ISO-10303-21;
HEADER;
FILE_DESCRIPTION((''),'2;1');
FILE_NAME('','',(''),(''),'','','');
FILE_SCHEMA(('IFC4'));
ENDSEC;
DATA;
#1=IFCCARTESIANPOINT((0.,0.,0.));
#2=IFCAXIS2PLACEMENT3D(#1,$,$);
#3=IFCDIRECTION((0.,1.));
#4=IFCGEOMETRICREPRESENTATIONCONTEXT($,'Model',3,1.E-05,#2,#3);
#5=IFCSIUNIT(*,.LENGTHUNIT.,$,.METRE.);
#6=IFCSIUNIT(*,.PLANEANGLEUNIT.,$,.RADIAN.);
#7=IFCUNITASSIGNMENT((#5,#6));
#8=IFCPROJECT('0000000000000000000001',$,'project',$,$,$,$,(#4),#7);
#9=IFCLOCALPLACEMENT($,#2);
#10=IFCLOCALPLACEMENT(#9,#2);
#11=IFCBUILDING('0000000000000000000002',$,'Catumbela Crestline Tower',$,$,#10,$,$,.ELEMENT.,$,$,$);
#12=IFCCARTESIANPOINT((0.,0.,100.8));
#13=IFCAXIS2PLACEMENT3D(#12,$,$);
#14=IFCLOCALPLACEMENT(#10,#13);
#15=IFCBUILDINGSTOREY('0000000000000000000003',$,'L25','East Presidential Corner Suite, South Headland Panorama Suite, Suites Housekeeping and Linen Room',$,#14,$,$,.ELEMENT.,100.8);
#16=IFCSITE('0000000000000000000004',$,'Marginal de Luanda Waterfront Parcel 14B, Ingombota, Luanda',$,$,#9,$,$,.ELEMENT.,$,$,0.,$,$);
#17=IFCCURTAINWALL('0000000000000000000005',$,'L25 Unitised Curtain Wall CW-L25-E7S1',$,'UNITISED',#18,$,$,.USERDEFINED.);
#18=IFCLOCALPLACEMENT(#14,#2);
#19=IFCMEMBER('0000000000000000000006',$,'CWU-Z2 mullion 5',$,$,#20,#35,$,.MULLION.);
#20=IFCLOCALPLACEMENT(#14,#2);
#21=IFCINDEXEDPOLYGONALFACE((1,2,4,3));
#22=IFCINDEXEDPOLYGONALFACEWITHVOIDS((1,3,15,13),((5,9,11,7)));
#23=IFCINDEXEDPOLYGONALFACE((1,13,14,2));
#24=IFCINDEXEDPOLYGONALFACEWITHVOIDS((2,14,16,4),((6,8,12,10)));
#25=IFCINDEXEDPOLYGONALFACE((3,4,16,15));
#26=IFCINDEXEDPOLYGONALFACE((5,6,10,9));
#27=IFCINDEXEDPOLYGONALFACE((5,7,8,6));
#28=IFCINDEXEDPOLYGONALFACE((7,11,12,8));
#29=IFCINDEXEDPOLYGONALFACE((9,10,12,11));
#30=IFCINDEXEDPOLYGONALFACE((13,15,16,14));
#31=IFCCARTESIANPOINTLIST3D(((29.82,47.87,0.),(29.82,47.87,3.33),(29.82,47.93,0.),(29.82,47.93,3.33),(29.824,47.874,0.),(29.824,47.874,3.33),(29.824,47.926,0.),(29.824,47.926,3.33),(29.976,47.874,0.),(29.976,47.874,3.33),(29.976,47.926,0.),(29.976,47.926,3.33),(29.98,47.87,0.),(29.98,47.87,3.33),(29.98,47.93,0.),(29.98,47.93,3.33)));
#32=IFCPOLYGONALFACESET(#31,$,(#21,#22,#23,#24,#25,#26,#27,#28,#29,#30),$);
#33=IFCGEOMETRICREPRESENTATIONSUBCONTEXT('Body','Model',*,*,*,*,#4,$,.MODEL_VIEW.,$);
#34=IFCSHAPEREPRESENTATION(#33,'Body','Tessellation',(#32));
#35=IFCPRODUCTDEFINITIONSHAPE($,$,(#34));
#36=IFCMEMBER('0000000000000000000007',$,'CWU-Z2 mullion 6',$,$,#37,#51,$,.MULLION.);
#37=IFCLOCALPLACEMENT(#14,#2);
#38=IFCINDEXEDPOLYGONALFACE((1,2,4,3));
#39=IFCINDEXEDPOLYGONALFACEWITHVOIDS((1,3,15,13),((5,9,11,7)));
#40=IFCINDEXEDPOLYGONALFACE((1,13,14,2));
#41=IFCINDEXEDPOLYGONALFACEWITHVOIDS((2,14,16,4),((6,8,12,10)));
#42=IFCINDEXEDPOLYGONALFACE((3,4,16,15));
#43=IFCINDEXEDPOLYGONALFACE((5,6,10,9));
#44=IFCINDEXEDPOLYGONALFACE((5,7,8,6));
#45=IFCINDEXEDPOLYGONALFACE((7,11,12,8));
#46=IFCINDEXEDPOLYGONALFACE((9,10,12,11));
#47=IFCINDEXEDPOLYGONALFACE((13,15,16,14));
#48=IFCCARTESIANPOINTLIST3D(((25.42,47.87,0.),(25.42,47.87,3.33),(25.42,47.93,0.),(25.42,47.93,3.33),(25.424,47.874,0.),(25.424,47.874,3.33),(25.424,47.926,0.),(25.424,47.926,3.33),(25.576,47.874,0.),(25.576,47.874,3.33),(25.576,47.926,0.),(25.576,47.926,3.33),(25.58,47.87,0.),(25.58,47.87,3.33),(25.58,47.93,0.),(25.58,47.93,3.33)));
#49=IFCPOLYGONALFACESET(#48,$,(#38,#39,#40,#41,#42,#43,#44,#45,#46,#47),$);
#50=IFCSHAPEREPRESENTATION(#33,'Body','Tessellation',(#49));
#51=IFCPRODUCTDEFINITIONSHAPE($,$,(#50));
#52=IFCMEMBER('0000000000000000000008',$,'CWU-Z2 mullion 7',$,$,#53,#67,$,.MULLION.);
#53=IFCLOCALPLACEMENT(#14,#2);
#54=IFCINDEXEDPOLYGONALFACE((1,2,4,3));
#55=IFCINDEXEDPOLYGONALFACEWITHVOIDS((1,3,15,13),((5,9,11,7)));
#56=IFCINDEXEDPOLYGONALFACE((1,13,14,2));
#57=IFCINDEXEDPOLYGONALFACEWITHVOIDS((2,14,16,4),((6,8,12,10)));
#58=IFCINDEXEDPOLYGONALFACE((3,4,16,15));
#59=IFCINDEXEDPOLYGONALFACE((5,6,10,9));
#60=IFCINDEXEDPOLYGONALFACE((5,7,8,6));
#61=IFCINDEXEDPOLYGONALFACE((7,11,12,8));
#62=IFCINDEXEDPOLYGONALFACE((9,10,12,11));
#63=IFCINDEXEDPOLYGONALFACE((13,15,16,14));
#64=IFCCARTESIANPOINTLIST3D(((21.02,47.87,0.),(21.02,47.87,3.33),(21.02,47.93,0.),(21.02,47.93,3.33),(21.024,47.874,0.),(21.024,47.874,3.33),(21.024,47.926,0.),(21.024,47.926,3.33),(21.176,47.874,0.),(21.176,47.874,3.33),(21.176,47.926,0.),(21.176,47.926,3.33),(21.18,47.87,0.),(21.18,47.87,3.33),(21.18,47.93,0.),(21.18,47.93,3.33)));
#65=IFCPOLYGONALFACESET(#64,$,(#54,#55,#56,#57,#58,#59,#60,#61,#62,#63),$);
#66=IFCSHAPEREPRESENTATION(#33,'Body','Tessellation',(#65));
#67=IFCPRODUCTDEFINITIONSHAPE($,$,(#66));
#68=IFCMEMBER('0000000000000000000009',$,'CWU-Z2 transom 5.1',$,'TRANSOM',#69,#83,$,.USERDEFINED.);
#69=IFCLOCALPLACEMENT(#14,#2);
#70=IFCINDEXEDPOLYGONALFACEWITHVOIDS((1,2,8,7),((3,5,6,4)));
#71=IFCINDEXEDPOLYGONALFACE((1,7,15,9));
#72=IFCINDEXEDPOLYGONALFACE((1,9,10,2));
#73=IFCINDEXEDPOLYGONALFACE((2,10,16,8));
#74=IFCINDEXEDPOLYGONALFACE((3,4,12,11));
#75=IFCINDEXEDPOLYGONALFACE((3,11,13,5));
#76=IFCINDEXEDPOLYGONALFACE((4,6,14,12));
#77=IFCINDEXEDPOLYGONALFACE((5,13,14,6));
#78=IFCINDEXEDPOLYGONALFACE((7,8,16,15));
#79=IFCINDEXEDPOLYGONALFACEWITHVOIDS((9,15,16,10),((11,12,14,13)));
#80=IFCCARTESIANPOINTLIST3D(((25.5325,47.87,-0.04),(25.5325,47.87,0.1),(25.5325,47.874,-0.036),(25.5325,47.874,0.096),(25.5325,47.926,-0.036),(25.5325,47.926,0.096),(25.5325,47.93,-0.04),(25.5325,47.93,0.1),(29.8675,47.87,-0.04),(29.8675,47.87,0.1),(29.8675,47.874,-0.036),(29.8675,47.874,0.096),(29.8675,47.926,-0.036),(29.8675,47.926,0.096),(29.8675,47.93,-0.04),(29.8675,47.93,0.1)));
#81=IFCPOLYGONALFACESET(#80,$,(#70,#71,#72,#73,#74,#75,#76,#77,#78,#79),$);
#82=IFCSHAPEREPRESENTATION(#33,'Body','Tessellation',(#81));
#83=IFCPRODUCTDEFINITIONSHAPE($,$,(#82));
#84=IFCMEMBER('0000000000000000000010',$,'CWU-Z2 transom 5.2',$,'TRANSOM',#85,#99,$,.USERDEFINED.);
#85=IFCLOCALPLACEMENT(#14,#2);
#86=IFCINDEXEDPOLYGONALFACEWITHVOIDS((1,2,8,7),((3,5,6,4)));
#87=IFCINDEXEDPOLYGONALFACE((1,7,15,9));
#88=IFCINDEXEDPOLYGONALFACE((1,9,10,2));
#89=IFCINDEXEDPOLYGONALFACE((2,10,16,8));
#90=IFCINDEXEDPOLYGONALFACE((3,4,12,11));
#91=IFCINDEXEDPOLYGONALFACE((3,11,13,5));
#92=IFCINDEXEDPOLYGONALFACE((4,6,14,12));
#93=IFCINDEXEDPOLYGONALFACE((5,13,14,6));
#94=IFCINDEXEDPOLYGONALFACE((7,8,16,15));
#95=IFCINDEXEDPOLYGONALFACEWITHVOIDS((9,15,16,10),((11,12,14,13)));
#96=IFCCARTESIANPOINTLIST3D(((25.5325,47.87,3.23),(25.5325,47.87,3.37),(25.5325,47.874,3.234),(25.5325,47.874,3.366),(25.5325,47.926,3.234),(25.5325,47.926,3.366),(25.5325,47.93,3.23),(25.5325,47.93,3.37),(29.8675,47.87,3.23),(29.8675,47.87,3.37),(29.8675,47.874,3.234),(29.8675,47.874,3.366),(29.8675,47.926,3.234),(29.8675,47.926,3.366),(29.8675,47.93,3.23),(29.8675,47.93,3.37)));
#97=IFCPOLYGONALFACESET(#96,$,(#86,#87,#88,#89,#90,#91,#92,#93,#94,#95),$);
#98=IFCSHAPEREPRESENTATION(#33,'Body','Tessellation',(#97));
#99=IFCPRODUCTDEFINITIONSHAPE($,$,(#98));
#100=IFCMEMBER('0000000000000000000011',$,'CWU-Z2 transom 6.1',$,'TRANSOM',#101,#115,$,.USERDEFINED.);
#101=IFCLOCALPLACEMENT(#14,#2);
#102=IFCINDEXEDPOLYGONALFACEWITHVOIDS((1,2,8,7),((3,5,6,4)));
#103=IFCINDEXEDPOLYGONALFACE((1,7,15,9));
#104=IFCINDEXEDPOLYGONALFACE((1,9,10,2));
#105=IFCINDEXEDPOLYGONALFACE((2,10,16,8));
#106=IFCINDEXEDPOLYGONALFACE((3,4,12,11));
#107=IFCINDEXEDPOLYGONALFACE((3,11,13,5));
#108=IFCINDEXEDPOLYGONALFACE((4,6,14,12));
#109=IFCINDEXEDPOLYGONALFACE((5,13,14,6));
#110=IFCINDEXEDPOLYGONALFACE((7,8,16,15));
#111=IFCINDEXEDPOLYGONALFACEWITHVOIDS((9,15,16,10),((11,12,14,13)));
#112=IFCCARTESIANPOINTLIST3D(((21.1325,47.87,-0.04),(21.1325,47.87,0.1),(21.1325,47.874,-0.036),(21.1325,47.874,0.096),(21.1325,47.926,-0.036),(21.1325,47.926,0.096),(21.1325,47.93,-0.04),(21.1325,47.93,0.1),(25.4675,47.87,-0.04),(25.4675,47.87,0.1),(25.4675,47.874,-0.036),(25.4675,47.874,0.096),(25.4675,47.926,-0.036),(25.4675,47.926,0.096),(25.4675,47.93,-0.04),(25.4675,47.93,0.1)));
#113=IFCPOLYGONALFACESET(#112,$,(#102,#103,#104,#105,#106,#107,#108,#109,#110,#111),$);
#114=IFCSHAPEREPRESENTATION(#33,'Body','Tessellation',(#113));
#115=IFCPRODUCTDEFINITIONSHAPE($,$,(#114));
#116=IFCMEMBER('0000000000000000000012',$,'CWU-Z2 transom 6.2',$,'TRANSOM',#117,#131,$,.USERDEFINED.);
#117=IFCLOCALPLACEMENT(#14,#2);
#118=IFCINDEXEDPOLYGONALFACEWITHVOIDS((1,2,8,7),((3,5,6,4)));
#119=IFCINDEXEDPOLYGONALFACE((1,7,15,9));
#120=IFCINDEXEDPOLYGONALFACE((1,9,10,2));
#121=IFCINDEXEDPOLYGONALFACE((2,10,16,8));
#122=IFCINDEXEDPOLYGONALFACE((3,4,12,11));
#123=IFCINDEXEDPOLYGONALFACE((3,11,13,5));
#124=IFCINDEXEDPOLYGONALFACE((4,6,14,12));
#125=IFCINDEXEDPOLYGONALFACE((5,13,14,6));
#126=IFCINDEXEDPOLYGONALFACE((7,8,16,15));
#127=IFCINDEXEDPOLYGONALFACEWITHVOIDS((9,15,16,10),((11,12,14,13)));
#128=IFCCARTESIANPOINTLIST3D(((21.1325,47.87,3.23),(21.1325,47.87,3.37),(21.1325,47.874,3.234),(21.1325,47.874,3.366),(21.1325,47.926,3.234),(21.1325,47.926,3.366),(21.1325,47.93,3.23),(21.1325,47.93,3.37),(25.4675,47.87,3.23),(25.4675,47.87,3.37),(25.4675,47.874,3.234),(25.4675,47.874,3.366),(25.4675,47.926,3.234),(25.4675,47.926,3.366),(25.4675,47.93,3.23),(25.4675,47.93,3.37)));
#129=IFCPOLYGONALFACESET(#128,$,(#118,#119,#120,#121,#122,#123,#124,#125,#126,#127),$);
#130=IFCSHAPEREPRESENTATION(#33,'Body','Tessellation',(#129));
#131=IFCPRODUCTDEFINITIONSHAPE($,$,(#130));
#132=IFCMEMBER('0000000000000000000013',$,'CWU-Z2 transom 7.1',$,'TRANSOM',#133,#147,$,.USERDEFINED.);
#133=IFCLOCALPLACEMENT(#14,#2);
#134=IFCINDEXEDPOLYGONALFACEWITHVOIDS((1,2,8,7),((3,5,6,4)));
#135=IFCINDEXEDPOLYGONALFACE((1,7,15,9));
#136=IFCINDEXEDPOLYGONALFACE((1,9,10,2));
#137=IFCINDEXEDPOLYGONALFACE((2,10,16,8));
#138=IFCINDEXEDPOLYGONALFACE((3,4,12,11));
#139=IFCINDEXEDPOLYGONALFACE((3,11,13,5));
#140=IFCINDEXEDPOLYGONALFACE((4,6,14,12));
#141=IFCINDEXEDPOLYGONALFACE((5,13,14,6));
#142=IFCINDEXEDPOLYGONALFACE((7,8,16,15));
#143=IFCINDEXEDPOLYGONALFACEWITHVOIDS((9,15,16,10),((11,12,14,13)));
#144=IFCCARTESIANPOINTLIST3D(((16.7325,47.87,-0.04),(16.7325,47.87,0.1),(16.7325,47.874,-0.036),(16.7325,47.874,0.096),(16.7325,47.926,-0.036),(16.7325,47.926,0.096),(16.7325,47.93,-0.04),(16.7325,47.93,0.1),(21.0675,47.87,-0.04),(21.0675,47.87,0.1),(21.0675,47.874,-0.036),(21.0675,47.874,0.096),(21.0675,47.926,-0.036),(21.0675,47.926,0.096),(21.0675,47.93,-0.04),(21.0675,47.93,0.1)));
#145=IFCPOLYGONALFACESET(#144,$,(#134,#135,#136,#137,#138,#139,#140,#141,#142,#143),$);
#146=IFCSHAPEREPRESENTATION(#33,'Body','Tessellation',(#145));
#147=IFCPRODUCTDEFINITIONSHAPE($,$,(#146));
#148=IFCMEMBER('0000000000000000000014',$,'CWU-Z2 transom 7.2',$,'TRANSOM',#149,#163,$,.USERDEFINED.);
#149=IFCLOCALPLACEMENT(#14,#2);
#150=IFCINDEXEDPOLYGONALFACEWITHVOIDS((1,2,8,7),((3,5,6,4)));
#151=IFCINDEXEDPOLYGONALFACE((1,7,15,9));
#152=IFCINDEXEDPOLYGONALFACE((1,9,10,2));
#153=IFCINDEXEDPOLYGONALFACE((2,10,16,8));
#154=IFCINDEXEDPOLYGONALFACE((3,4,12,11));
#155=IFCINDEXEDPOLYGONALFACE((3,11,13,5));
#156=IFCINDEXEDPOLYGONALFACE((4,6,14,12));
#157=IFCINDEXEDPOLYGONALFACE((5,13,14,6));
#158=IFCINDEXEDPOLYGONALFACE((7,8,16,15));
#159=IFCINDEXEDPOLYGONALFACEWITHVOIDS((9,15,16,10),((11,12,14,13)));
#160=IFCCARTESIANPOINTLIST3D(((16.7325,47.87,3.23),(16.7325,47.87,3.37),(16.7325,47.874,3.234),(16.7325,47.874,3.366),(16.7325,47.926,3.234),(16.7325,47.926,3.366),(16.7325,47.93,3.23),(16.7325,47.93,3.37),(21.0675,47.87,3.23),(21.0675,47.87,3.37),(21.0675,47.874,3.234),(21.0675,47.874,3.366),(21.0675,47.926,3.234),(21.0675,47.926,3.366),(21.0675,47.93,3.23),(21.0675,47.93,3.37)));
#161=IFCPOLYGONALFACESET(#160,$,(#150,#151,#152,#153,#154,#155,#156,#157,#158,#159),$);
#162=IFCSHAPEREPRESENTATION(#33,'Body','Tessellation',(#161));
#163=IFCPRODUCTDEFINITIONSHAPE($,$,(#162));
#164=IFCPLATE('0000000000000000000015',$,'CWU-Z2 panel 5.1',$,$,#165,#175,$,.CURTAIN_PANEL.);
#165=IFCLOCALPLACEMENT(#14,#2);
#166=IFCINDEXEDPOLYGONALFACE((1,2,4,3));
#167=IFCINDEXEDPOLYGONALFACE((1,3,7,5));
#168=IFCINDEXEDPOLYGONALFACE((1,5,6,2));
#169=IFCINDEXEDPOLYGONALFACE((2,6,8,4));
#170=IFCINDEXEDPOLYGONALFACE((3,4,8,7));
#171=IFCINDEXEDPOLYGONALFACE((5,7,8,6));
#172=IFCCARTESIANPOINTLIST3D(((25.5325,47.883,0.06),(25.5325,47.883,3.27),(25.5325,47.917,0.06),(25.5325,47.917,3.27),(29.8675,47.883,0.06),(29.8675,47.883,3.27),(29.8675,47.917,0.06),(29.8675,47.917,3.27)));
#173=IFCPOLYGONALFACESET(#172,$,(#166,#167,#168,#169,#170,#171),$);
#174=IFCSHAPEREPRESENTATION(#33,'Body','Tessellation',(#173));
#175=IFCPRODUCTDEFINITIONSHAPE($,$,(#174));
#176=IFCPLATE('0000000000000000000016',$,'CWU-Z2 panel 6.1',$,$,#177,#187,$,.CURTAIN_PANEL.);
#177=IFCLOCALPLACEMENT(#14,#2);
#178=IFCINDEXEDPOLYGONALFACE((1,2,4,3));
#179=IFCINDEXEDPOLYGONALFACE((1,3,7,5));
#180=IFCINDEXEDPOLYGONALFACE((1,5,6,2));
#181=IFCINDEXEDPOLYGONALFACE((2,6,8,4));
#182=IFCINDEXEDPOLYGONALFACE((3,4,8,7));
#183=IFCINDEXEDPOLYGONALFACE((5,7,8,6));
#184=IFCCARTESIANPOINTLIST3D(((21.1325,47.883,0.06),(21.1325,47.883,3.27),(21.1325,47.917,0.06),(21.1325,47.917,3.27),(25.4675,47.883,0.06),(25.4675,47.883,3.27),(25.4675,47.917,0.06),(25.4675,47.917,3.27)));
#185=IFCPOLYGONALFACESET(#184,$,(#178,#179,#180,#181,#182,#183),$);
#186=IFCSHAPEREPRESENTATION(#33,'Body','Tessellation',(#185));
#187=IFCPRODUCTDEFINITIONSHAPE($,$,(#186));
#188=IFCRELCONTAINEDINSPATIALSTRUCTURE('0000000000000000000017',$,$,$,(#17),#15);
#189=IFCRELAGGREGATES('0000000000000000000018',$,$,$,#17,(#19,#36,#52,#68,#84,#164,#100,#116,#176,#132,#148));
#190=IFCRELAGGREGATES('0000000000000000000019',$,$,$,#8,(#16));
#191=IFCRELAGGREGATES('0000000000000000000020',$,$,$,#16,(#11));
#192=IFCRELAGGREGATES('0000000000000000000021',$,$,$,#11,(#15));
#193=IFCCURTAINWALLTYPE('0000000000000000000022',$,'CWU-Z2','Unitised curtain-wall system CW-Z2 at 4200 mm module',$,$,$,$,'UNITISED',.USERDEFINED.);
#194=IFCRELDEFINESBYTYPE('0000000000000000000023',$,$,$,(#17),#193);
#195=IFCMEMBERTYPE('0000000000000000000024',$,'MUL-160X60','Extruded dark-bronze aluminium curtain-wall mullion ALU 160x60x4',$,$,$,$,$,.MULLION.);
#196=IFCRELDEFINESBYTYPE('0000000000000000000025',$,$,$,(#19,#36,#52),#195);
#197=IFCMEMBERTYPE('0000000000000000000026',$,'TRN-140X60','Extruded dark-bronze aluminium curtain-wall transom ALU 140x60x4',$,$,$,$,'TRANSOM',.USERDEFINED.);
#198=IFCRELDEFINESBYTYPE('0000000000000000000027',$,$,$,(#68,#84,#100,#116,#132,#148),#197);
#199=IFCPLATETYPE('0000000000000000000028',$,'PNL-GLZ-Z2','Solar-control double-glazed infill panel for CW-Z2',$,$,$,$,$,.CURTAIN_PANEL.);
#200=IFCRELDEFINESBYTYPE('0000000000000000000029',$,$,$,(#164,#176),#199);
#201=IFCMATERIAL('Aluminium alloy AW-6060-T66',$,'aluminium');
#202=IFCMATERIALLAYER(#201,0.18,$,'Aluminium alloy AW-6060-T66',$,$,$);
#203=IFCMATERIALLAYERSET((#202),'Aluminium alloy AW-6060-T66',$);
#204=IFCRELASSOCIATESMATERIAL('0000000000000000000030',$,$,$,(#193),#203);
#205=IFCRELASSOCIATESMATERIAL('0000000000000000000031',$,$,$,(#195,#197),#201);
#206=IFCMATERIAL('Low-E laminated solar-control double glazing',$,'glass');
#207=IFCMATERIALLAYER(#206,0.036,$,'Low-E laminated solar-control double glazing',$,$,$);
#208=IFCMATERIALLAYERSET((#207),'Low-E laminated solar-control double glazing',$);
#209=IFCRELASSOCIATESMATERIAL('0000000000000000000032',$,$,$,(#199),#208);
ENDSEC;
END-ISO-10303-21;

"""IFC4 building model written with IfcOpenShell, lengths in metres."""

from ifc_helpers import new_model, si_unit, direction, frame, origin, origin_2d, place, context, subcontext, project, spatial, rectangle, hollow_rectangle, extrude, material, layer, layer_set, material_profile, profile_set, type_object, element, aggregate, save


model = new_model("IFC4")

# Units and contexts
model_context = context("Model", 3, precision=1e-05, world=origin(), true_north=direction((0.0, 1.0)))
body_context = subcontext(model_context, "Body", "Model", "MODEL_VIEW")
ifc_project = project(units=[si_unit("LENGTHUNIT", "METRE"), si_unit("PLANEANGLEUNIT", "RADIAN")], contexts=[model_context])

# Site, building, storey
site_placement = place(None, origin())
site = spatial("IfcSite", under=ifc_project, at=site_placement, Name="Marginal de Luanda Waterfront Parcel 14B, Ingombota, Luanda", CompositionType="ELEMENT", RefElevation=0.0)
building_placement = place(site_placement, origin())
building = spatial("IfcBuilding", under=site, at=building_placement, Name="Catumbela Crestline Tower", CompositionType="ELEMENT")
storey_placement = place(building_placement, frame((0.0, 0.0, 100.8)))
storey = spatial("IfcBuildingStorey", under=building, at=storey_placement, Name="L25", Description="East Presidential Corner Suite, South Headland Panorama Suite, Suites Housekeeping and Linen Room", CompositionType="ELEMENT", Elevation=100.8)

# Curtain wall, members, plates
ifc_material_1 = material(Name="Aluminium alloy AW-6060-T66", Category="aluminium")
ifc_layer_1 = layer(ifc_material_1, 0.18, Name="Aluminium alloy AW-6060-T66")
ifc_layer_set_1 = layer_set([ifc_layer_1], Name="Aluminium alloy AW-6060-T66")
curtain_wall_type = type_object("IfcCurtainWallType", Name="CWU-Z2", Description="Unitised curtain-wall system CW-Z2 at 4200 mm module", ElementType="UNITISED", PredefinedType="USERDEFINED", material=ifc_layer_set_1)
curtain_wall_placement = place(storey_placement, origin())
curtain_wall = element("IfcCurtainWall", 1, at=curtain_wall_placement, inside=storey, type_object=curtain_wall_type, Name="L25 Unitised Curtain Wall CW-L25-E7S1", ObjectType="UNITISED", PredefinedType="USERDEFINED")
ifc_material_profile_1 = material_profile(ifc_material_1, hollow_rectangle(XDim=0.06, YDim=0.16, WallThickness=0.004, at=origin_2d()), Name="ALU 160x60x4")
ifc_profile_set_1 = profile_set([ifc_material_profile_1], Name="Aluminium alloy AW-6060-T66")
member_type_1 = type_object("IfcMemberType", Name="MUL-160X60", Description="Extruded dark-bronze aluminium curtain-wall mullion ALU 160x60x4", PredefinedType="MULLION", material=ifc_profile_set_1)
member_1_placement = place(storey_placement, frame((29.9, 47.9, 0.0), z_axis=(0.0, 0.0, 1.0), x_axis=(0.0, -1.0, 0.0)))
member_1 = element("IfcMember", 2, at=member_1_placement, type_object=member_type_1, Name="CWU-Z2 mullion 5", PredefinedType="MULLION", context=body_context, shape_type="SweptSolid", body=[
    extrude(hollow_rectangle(XDim=0.06, YDim=0.16, WallThickness=0.004, at=origin_2d()), origin(), (0.0, 0.0, 1.0), 3.33),
])
member_2_placement = place(storey_placement, frame((25.5, 47.9, 0.0), z_axis=(0.0, 0.0, 1.0), x_axis=(0.0, -1.0, 0.0)))
member_2 = element("IfcMember", 3, at=member_2_placement, type_object=member_type_1, Name="CWU-Z2 mullion 6", PredefinedType="MULLION", context=body_context, shape_type="SweptSolid", body=[
    extrude(hollow_rectangle(XDim=0.06, YDim=0.16, WallThickness=0.004, at=origin_2d()), origin(), (0.0, 0.0, 1.0), 3.33),
])
member_3_placement = place(storey_placement, frame((21.1, 47.9, 0.0), z_axis=(0.0, 0.0, 1.0), x_axis=(0.0, -1.0, 0.0)))
member_3 = element("IfcMember", 4, at=member_3_placement, type_object=member_type_1, Name="CWU-Z2 mullion 7", PredefinedType="MULLION", context=body_context, shape_type="SweptSolid", body=[
    extrude(hollow_rectangle(XDim=0.06, YDim=0.16, WallThickness=0.004, at=origin_2d()), origin(), (0.0, 0.0, 1.0), 3.33),
])
ifc_material_profile_2 = material_profile(ifc_material_1, hollow_rectangle(XDim=0.06, YDim=0.14, WallThickness=0.004, at=origin_2d()), Name="ALU 140x60x4")
ifc_profile_set_2 = profile_set([ifc_material_profile_2], Name="Aluminium alloy AW-6060-T66")
member_type_2 = type_object("IfcMemberType", Name="TRN-140X60", Description="Extruded dark-bronze aluminium curtain-wall transom ALU 140x60x4", ElementType="TRANSOM", PredefinedType="USERDEFINED", material=ifc_profile_set_2)
member_4_placement = place(storey_placement, frame((29.8675, 47.9, 0.03), z_axis=(-1.0, 0.0, 0.0), x_axis=(0.0, -1.0, 0.0)))
member_4 = element("IfcMember", 5, at=member_4_placement, type_object=member_type_2, Name="CWU-Z2 transom 5.1", ObjectType="TRANSOM", PredefinedType="USERDEFINED", context=body_context, shape_type="SweptSolid", body=[
    extrude(hollow_rectangle(XDim=0.06, YDim=0.14, WallThickness=0.004, at=origin_2d()), origin(), (0.0, 0.0, 1.0), 4.335),
])
member_5_placement = place(storey_placement, frame((29.8675, 47.9, 3.3), z_axis=(-1.0, 0.0, 0.0), x_axis=(0.0, -1.0, 0.0)))
member_5 = element("IfcMember", 6, at=member_5_placement, type_object=member_type_2, Name="CWU-Z2 transom 5.2", ObjectType="TRANSOM", PredefinedType="USERDEFINED", context=body_context, shape_type="SweptSolid", body=[
    extrude(hollow_rectangle(XDim=0.06, YDim=0.14, WallThickness=0.004, at=origin_2d()), origin(), (0.0, 0.0, 1.0), 4.335),
])
member_6_placement = place(storey_placement, frame((25.4675, 47.9, 0.03), z_axis=(-1.0, 0.0, 0.0), x_axis=(0.0, -1.0, 0.0)))
member_6 = element("IfcMember", 7, at=member_6_placement, type_object=member_type_2, Name="CWU-Z2 transom 6.1", ObjectType="TRANSOM", PredefinedType="USERDEFINED", context=body_context, shape_type="SweptSolid", body=[
    extrude(hollow_rectangle(XDim=0.06, YDim=0.14, WallThickness=0.004, at=origin_2d()), origin(), (0.0, 0.0, 1.0), 4.335),
])
member_7_placement = place(storey_placement, frame((25.4675, 47.9, 3.3), z_axis=(-1.0, 0.0, 0.0), x_axis=(0.0, -1.0, 0.0)))
member_7 = element("IfcMember", 8, at=member_7_placement, type_object=member_type_2, Name="CWU-Z2 transom 6.2", ObjectType="TRANSOM", PredefinedType="USERDEFINED", context=body_context, shape_type="SweptSolid", body=[
    extrude(hollow_rectangle(XDim=0.06, YDim=0.14, WallThickness=0.004, at=origin_2d()), origin(), (0.0, 0.0, 1.0), 4.335),
])
member_8_placement = place(storey_placement, frame((21.0675, 47.9, 0.03), z_axis=(-1.0, 0.0, 0.0), x_axis=(0.0, -1.0, 0.0)))
member_8 = element("IfcMember", 9, at=member_8_placement, type_object=member_type_2, Name="CWU-Z2 transom 7.1", ObjectType="TRANSOM", PredefinedType="USERDEFINED", context=body_context, shape_type="SweptSolid", body=[
    extrude(hollow_rectangle(XDim=0.06, YDim=0.14, WallThickness=0.004, at=origin_2d()), origin(), (0.0, 0.0, 1.0), 4.335),
])
member_9_placement = place(storey_placement, frame((21.0675, 47.9, 3.3), z_axis=(-1.0, 0.0, 0.0), x_axis=(0.0, -1.0, 0.0)))
member_9 = element("IfcMember", 10, at=member_9_placement, type_object=member_type_2, Name="CWU-Z2 transom 7.2", ObjectType="TRANSOM", PredefinedType="USERDEFINED", context=body_context, shape_type="SweptSolid", body=[
    extrude(hollow_rectangle(XDim=0.06, YDim=0.14, WallThickness=0.004, at=origin_2d()), origin(), (0.0, 0.0, 1.0), 4.335),
])
ifc_material_2 = material(Name="Low-E laminated solar-control double glazing", Category="glass")
ifc_layer_2 = layer(ifc_material_2, 0.036, Name="Low-E laminated solar-control double glazing")
ifc_layer_set_2 = layer_set([ifc_layer_2], Name="Low-E laminated solar-control double glazing")
plate_type = type_object("IfcPlateType", Name="PNL-GLZ-Z2", Description="Solar-control double-glazed infill panel for CW-Z2", PredefinedType="CURTAIN_PANEL", material=ifc_layer_set_2)
plate_1_placement = place(storey_placement, frame((27.7, 47.9, 0.06), z_axis=(0.0, 0.0, 1.0), x_axis=(-1.0, 0.0, 0.0)))
plate_1 = element("IfcPlate", 11, at=plate_1_placement, type_object=plate_type, Name="CWU-Z2 panel 5.1", PredefinedType="CURTAIN_PANEL", context=body_context, shape_type="SweptSolid", body=[
    extrude(rectangle(XDim=4.335, YDim=0.034, at=origin_2d()), origin(), (0.0, 0.0, 1.0), 3.21),
])
plate_2_placement = place(storey_placement, frame((23.3, 47.9, 0.06), z_axis=(0.0, 0.0, 1.0), x_axis=(-1.0, 0.0, 0.0)))
plate_2 = element("IfcPlate", 12, at=plate_2_placement, type_object=plate_type, Name="CWU-Z2 panel 6.1", PredefinedType="CURTAIN_PANEL", context=body_context, shape_type="SweptSolid", body=[
    extrude(rectangle(XDim=4.335, YDim=0.034, at=origin_2d()), origin(), (0.0, 0.0, 1.0), 3.21),
])
aggregate(curtain_wall, [member_1, member_2, member_3, member_4, member_5, plate_1, member_6, member_7, plate_2, member_8, member_9])

save(model, "model.ifc")
